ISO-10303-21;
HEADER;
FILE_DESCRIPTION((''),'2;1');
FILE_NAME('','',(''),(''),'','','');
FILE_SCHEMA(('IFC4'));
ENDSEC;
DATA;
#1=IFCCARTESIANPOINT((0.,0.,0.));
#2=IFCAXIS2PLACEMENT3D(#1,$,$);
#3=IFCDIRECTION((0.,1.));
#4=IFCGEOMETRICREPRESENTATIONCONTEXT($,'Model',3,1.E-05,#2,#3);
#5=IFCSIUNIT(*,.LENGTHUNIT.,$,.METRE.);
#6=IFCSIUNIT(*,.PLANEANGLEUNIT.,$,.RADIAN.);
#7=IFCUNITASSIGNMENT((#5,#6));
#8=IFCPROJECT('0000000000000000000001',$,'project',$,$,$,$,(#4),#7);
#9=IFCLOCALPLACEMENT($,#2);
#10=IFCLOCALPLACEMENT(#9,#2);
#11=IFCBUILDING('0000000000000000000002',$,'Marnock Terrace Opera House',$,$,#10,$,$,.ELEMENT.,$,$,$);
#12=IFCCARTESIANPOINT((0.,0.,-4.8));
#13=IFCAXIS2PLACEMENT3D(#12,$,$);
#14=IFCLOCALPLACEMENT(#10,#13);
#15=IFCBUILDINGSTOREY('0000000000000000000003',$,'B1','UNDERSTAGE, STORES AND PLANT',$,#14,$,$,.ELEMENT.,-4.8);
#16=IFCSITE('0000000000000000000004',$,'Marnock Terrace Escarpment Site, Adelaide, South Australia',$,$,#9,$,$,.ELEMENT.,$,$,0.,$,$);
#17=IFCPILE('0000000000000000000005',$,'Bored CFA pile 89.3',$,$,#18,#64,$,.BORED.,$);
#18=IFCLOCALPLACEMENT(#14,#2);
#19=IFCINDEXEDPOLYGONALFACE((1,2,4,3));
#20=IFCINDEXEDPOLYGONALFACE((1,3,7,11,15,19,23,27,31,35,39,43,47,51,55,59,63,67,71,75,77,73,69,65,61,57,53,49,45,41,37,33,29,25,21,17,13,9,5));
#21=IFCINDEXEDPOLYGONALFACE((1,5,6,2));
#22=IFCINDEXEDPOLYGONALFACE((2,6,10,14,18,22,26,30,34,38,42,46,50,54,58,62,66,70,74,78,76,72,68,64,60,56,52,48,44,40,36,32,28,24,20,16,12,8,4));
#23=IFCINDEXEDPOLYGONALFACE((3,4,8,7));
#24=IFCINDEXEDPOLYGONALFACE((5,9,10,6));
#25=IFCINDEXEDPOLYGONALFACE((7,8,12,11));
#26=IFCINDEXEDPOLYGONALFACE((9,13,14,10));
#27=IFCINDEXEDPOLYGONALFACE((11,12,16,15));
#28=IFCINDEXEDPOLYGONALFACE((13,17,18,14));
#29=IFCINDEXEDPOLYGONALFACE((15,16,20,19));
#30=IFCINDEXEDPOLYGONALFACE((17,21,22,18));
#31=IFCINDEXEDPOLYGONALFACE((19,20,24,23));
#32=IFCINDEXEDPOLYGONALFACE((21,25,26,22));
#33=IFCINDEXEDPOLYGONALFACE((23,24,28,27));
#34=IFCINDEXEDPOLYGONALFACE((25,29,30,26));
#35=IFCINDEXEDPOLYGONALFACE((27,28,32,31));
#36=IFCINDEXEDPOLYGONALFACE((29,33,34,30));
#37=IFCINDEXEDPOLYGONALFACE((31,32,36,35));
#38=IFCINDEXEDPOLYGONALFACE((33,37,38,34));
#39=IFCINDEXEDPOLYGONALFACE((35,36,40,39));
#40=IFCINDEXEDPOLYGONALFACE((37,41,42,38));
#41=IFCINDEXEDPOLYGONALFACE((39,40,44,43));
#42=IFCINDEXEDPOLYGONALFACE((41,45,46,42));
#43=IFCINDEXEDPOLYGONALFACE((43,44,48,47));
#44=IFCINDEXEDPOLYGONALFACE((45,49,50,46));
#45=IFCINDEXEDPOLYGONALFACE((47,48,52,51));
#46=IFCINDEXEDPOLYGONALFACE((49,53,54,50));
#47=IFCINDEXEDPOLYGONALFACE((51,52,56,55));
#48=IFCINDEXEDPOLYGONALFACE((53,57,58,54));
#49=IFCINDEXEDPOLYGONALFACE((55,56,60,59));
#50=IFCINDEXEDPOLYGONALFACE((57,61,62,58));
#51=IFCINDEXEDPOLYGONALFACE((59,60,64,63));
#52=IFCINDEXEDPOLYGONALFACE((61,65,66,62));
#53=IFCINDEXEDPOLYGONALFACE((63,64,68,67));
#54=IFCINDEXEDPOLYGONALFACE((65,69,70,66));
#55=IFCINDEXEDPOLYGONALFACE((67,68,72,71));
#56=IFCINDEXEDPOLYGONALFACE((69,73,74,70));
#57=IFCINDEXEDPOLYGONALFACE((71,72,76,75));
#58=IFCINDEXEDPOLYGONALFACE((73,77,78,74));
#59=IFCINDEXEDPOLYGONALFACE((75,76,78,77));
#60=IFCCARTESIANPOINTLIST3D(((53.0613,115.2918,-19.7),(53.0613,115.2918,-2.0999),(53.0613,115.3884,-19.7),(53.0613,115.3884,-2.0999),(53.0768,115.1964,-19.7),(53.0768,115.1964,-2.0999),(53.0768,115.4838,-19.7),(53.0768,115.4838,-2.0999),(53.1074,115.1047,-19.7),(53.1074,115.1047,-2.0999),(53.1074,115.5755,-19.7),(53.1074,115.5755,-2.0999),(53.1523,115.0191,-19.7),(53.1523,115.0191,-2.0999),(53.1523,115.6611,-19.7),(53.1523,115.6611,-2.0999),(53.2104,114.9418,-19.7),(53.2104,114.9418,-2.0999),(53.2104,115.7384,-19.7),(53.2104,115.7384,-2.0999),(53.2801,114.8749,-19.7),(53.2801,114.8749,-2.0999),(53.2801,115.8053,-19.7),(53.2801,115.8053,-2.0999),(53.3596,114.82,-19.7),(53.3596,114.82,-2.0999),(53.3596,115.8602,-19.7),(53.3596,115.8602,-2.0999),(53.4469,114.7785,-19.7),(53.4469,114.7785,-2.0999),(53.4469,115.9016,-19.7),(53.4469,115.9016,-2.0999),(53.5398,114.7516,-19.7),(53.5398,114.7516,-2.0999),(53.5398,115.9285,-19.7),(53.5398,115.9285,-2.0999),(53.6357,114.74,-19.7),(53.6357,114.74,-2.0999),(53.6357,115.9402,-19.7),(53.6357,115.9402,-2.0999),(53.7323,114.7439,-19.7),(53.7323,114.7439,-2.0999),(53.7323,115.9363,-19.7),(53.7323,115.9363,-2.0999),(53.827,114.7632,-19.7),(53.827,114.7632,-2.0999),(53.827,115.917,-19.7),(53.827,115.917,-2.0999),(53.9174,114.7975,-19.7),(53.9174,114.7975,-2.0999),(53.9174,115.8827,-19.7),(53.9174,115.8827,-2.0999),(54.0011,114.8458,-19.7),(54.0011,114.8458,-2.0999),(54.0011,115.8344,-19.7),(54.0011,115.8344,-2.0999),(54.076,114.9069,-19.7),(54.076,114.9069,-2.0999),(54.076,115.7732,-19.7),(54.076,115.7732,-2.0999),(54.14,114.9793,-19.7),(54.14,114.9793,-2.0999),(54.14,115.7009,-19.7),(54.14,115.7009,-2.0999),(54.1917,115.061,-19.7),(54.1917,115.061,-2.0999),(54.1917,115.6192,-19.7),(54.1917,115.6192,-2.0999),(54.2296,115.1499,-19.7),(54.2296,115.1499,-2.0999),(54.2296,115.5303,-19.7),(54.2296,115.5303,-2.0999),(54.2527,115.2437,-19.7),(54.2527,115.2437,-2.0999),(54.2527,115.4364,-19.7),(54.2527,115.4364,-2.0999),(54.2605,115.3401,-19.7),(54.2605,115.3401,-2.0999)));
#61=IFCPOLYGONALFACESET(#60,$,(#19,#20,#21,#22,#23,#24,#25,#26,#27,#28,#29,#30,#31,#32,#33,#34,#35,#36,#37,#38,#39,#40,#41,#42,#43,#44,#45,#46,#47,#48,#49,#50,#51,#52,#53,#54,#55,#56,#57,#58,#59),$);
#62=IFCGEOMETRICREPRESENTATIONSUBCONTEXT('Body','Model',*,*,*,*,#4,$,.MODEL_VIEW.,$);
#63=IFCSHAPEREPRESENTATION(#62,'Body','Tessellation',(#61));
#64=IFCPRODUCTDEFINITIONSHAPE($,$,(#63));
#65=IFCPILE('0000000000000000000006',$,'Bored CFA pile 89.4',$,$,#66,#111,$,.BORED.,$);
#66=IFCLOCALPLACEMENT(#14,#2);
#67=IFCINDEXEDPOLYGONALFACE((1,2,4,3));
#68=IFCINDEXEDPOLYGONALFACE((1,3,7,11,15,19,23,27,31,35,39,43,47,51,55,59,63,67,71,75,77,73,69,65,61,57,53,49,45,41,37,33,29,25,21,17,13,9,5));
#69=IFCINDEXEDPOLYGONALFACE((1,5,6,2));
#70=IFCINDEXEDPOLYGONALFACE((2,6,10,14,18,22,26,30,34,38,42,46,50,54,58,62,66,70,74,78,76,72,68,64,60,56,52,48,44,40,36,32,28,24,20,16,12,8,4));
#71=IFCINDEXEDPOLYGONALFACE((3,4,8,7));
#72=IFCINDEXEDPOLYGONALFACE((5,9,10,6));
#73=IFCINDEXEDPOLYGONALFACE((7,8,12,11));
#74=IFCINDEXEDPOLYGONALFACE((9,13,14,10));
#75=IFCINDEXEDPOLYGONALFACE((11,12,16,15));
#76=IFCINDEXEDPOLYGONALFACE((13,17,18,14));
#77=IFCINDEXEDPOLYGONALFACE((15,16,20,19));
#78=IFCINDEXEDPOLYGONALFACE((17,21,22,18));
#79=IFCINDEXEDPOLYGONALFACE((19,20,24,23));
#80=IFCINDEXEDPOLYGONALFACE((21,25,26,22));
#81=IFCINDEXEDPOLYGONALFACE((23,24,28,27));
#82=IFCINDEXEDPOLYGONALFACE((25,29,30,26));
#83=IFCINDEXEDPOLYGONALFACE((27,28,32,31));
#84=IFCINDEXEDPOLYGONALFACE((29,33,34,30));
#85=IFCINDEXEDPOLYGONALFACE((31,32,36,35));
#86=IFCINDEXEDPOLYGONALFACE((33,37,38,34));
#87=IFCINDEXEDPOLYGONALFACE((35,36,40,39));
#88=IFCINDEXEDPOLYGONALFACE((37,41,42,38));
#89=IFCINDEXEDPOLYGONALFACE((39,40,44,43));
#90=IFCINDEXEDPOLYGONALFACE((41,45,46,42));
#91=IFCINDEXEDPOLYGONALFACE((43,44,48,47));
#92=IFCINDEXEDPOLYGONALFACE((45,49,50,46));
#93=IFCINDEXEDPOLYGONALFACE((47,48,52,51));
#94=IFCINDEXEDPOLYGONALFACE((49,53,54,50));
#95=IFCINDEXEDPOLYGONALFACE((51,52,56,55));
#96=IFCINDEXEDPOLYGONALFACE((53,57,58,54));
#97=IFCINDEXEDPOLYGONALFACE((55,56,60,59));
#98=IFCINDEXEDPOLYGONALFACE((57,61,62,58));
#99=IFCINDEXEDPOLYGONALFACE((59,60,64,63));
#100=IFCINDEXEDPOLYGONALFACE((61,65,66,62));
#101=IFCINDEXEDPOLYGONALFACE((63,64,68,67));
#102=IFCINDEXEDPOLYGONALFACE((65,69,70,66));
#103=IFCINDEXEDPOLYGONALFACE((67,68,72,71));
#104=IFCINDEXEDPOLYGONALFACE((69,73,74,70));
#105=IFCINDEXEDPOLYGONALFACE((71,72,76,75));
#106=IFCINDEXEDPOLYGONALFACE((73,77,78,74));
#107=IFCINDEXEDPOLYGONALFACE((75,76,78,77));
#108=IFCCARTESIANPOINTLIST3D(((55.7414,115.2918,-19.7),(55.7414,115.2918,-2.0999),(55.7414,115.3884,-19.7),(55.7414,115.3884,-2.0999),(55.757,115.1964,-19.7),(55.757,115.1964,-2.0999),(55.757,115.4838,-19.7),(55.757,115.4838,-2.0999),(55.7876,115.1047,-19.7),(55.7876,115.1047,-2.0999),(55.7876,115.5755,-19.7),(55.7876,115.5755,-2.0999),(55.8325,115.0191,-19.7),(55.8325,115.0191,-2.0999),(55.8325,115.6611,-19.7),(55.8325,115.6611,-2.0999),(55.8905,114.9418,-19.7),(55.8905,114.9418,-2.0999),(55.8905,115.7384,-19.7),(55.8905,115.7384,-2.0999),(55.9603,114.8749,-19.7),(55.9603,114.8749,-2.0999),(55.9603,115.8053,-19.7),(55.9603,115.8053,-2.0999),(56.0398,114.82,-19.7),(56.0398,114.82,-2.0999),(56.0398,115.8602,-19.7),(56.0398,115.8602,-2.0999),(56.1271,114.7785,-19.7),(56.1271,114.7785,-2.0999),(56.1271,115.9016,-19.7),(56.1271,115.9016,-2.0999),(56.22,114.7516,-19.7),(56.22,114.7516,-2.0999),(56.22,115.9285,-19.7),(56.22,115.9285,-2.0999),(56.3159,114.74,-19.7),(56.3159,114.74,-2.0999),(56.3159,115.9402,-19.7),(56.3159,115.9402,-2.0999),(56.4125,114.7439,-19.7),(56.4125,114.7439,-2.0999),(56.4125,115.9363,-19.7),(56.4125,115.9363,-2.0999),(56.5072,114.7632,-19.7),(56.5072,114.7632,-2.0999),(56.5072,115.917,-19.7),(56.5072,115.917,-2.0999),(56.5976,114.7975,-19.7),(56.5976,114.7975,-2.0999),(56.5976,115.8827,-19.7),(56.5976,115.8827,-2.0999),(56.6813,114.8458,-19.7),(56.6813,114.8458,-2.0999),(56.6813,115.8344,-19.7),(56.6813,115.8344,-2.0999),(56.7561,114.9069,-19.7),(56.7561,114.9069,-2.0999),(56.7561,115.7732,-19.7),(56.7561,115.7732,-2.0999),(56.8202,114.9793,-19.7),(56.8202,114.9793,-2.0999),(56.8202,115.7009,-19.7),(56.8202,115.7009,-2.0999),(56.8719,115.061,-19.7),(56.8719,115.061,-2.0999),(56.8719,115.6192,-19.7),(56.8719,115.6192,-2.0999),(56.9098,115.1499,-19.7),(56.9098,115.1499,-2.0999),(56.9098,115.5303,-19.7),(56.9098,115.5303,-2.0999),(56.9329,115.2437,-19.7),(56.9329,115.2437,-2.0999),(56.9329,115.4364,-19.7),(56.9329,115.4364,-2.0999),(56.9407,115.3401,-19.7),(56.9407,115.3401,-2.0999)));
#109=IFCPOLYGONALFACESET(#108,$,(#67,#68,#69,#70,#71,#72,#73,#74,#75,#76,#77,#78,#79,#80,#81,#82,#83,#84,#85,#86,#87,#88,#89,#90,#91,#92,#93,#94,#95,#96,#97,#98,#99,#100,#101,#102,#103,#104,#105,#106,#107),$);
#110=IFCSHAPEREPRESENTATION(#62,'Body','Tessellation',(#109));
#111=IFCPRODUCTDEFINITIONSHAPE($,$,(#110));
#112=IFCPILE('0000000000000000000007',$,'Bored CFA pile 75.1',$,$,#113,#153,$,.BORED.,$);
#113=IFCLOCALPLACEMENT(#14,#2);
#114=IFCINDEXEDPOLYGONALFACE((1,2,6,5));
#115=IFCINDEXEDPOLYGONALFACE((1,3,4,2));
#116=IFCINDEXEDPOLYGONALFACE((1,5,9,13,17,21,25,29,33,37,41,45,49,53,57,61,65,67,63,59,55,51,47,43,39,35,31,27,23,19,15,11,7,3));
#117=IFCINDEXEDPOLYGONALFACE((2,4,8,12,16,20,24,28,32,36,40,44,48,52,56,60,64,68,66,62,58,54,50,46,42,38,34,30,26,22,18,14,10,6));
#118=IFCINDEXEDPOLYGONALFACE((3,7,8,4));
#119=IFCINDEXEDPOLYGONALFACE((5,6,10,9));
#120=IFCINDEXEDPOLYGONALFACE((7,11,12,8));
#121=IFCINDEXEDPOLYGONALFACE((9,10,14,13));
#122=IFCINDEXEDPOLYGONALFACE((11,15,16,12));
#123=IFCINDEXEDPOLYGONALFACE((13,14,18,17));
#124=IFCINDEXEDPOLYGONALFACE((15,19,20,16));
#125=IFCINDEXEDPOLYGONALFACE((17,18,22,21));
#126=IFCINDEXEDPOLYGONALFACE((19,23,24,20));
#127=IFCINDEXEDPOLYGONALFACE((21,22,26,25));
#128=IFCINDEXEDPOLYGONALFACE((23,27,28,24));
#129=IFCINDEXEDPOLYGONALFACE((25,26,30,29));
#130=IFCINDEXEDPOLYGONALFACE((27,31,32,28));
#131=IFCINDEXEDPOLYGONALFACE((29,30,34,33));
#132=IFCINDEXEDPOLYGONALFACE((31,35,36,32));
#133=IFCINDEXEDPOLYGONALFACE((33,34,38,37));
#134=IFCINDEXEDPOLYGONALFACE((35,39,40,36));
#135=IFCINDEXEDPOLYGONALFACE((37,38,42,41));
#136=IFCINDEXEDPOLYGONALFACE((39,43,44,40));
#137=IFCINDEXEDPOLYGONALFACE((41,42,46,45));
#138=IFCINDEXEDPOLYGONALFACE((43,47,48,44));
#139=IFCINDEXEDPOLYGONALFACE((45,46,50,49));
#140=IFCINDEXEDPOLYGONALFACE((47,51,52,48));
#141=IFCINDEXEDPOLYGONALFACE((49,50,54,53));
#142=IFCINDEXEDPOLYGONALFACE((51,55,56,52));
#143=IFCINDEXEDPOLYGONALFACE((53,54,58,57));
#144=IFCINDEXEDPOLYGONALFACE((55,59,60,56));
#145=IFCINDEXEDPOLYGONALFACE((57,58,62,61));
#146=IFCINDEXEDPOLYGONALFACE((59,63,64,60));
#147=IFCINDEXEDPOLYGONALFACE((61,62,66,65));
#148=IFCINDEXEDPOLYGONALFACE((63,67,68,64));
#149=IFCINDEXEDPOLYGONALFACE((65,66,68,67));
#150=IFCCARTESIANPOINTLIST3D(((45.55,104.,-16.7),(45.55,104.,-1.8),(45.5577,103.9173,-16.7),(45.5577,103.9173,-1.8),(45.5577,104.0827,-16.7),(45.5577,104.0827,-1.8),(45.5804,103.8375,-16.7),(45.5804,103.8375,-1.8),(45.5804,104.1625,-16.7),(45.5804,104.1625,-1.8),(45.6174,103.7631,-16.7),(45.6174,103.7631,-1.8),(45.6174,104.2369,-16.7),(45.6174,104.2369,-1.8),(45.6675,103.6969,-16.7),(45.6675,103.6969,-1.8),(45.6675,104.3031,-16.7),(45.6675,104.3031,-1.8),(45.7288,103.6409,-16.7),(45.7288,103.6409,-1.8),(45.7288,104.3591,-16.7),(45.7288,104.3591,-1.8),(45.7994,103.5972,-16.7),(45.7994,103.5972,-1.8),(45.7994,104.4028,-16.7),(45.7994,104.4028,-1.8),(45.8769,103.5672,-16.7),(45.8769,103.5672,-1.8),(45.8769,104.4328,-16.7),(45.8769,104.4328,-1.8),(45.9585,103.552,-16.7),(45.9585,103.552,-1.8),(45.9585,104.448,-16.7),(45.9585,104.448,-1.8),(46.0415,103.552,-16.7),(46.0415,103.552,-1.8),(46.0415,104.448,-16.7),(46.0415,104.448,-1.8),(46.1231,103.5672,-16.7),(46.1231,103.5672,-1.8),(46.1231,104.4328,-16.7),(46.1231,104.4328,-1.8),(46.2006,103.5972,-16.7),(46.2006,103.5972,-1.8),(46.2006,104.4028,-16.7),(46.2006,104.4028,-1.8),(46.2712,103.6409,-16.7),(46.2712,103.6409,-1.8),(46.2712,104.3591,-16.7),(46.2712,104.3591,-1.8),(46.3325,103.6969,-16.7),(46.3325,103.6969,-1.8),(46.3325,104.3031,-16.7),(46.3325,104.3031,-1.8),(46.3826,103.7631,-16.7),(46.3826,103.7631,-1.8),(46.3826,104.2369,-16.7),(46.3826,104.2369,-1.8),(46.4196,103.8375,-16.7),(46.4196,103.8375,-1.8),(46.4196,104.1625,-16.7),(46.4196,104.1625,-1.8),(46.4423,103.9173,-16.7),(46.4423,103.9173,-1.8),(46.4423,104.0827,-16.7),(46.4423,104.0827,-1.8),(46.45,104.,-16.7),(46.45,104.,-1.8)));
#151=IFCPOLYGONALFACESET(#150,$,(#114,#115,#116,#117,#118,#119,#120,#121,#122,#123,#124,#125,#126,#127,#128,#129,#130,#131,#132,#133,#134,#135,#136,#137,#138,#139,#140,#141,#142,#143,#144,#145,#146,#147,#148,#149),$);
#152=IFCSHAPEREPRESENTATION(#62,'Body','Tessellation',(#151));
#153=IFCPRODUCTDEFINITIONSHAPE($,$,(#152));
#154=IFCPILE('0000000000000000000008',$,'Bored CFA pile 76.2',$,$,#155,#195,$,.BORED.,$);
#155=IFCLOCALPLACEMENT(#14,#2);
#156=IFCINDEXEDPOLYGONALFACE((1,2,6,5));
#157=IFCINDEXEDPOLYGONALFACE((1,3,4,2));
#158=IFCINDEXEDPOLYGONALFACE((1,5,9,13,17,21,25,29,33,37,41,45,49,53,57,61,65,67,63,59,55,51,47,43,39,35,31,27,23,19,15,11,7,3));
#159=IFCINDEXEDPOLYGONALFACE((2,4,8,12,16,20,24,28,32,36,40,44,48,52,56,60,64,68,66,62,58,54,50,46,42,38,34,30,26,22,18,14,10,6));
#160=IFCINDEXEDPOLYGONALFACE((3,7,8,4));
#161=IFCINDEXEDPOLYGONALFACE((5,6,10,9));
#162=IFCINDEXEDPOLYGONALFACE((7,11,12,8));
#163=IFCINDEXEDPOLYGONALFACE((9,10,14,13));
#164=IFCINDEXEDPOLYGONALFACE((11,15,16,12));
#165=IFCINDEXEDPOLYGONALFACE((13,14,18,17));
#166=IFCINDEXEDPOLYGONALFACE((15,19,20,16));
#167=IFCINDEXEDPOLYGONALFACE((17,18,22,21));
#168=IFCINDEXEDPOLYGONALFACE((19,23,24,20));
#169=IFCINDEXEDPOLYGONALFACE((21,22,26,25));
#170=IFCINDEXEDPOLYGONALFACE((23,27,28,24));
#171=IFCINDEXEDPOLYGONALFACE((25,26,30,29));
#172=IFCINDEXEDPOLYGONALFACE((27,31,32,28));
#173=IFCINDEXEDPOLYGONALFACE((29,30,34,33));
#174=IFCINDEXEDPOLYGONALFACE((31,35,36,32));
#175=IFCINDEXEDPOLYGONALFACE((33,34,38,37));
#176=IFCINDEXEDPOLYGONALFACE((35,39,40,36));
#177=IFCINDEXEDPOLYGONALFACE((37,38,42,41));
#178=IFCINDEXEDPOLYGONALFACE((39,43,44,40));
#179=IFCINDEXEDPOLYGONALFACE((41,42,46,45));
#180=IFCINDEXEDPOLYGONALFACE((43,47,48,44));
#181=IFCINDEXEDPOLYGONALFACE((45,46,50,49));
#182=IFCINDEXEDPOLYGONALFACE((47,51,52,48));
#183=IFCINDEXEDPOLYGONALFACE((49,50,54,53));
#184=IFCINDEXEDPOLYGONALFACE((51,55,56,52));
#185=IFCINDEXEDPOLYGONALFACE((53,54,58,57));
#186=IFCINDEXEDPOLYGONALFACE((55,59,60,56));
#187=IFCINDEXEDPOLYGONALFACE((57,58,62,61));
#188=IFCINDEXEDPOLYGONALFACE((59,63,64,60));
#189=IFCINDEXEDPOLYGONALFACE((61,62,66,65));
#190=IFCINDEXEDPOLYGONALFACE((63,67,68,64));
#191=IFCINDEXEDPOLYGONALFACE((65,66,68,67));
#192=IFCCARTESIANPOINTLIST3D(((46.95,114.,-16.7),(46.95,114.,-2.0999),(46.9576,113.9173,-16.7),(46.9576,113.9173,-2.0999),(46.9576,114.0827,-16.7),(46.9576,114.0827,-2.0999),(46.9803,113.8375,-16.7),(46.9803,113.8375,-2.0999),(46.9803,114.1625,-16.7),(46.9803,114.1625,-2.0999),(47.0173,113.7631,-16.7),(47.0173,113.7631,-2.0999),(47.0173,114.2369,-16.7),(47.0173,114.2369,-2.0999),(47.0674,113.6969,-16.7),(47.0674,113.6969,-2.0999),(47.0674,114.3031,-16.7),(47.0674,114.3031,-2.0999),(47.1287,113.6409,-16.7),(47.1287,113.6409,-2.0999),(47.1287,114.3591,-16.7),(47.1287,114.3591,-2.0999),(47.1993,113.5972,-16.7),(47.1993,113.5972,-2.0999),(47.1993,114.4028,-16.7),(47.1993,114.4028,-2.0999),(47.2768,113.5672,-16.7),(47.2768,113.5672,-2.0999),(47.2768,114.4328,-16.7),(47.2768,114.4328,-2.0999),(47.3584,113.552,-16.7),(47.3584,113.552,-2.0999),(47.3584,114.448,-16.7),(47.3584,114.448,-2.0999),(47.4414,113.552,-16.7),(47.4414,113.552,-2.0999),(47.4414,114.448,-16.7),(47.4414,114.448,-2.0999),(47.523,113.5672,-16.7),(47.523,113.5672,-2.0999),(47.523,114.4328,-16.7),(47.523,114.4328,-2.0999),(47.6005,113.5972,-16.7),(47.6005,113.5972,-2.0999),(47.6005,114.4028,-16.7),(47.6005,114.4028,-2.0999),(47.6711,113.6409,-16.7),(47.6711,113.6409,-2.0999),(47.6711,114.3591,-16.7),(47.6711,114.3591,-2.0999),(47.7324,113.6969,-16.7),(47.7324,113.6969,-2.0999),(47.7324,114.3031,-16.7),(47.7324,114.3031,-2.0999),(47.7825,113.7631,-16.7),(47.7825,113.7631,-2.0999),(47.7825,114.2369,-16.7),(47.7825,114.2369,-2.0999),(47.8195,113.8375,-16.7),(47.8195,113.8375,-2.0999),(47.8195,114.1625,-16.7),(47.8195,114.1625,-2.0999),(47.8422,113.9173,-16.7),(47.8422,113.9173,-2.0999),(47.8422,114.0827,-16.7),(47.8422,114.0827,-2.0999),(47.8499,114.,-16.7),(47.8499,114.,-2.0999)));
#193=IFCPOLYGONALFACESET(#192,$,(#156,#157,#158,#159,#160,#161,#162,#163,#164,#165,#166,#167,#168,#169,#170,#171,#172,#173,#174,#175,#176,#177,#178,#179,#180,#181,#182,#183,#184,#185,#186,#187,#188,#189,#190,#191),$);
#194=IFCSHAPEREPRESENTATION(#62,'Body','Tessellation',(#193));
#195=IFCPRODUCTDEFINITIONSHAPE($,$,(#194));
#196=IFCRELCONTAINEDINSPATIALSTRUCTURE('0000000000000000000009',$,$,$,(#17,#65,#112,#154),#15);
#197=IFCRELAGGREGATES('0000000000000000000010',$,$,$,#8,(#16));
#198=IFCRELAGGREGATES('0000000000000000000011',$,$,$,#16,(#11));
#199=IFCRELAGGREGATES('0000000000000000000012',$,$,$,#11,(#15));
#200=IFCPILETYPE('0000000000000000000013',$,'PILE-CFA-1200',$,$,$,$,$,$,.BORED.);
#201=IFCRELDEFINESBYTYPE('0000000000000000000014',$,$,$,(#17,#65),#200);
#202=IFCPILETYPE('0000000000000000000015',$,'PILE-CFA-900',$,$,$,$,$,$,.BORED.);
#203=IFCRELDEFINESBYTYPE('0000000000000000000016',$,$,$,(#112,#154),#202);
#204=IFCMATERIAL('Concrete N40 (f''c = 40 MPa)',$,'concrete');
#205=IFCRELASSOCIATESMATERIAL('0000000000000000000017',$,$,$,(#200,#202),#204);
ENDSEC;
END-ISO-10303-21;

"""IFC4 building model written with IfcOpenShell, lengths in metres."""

from ifc_helpers import new_model, si_unit, direction, frame, origin, origin_2d, place, context, subcontext, project, spatial, circle, extrude, material, material_profile, profile_set, type_object, element, save


model = new_model("IFC4")

# Units and contexts
model_context = context("Model", 3, precision=1e-05, world=origin(), true_north=direction((0.0, 1.0)))
body_context = subcontext(model_context, "Body", "Model", "MODEL_VIEW")
ifc_project = project(units=[si_unit("LENGTHUNIT", "METRE"), si_unit("PLANEANGLEUNIT", "RADIAN")], contexts=[model_context])

# Site, building, storey
site_placement = place(None, origin())
site = spatial("IfcSite", under=ifc_project, at=site_placement, Name="Marnock Terrace Escarpment Site, Adelaide, South Australia", CompositionType="ELEMENT", RefElevation=0.0)
building_placement = place(site_placement, origin())
building = spatial("IfcBuilding", under=site, at=building_placement, Name="Marnock Terrace Opera House", CompositionType="ELEMENT")
storey_placement = place(building_placement, frame((0.0, 0.0, -4.8)))
storey = spatial("IfcBuildingStorey", under=building, at=storey_placement, Name="B1", Description="UNDERSTAGE, STORES AND PLANT", CompositionType="ELEMENT", Elevation=-4.8)

# Shared definitions
ifc_material_1 = material(Name="Concrete N40 (f'c = 40 MPa)", Category="concrete")

# Piles
ifc_material_profile_1 = material_profile(ifc_material_1, circle(Radius=0.6006, at=origin_2d()))
ifc_profile_set_1 = profile_set([ifc_material_profile_1], Name="Concrete N40 (f'c = 40 MPa)")
pile_type_1 = type_object("IfcPileType", Name="PILE-CFA-1200", PredefinedType="BORED", material=ifc_profile_set_1)
for number, where, z_axis, x_axis, name in (
    (1, (53.6599, 115.3401, -2.0999), (0.0, 0.0, -1.0), (1.0, 0.0, 0.0), "Bored CFA pile 89.3"),
    (2, (56.3401, 115.3401, -2.0999), (0.0, 0.0, -1.0), (1.0, 0.0, 0.0), "Bored CFA pile 89.4"),
):
    element("IfcPile", number, at=place(storey_placement, frame(where, z_axis=z_axis, x_axis=x_axis)), inside=storey, type_object=pile_type_1, Name=name, PredefinedType="BORED", context=body_context, shape_type="SweptSolid", body=[
        extrude(circle(Radius=0.6006, at=origin_2d()), origin(), (0.0, 0.0, 1.0), 17.6001),
    ])
ifc_material_profile_2 = material_profile(ifc_material_1, circle(Radius=0.45, at=origin_2d()))
ifc_profile_set_2 = profile_set([ifc_material_profile_2], Name="Concrete N40 (f'c = 40 MPa)")
pile_type_2 = type_object("IfcPileType", Name="PILE-CFA-900", PredefinedType="BORED", material=ifc_profile_set_2)
pile_1_placement = place(storey_placement, frame((46.0, 104.0, -1.8), z_axis=(0.0, 0.0, -1.0), x_axis=(1.0, 0.0, 0.0)))
element("IfcPile", 3, at=pile_1_placement, inside=storey, type_object=pile_type_2, Name="Bored CFA pile 75.1", PredefinedType="BORED", context=body_context, shape_type="SweptSolid", body=[
    extrude(circle(Radius=0.45, at=origin_2d()), origin(), (0.0, 0.0, 1.0), 14.8999),
])
pile_2_placement = place(storey_placement, frame((47.3999, 114.0, -2.0999), z_axis=(0.0, 0.0, -1.0), x_axis=(1.0, 0.0, 0.0)))
element("IfcPile", 4, at=pile_2_placement, inside=storey, type_object=pile_type_2, Name="Bored CFA pile 76.2", PredefinedType="BORED", context=body_context, shape_type="SweptSolid", body=[
    extrude(circle(Radius=0.45, at=origin_2d()), origin(), (0.0, 0.0, 1.0), 14.6001),
])

save(model, "model.ifc")
